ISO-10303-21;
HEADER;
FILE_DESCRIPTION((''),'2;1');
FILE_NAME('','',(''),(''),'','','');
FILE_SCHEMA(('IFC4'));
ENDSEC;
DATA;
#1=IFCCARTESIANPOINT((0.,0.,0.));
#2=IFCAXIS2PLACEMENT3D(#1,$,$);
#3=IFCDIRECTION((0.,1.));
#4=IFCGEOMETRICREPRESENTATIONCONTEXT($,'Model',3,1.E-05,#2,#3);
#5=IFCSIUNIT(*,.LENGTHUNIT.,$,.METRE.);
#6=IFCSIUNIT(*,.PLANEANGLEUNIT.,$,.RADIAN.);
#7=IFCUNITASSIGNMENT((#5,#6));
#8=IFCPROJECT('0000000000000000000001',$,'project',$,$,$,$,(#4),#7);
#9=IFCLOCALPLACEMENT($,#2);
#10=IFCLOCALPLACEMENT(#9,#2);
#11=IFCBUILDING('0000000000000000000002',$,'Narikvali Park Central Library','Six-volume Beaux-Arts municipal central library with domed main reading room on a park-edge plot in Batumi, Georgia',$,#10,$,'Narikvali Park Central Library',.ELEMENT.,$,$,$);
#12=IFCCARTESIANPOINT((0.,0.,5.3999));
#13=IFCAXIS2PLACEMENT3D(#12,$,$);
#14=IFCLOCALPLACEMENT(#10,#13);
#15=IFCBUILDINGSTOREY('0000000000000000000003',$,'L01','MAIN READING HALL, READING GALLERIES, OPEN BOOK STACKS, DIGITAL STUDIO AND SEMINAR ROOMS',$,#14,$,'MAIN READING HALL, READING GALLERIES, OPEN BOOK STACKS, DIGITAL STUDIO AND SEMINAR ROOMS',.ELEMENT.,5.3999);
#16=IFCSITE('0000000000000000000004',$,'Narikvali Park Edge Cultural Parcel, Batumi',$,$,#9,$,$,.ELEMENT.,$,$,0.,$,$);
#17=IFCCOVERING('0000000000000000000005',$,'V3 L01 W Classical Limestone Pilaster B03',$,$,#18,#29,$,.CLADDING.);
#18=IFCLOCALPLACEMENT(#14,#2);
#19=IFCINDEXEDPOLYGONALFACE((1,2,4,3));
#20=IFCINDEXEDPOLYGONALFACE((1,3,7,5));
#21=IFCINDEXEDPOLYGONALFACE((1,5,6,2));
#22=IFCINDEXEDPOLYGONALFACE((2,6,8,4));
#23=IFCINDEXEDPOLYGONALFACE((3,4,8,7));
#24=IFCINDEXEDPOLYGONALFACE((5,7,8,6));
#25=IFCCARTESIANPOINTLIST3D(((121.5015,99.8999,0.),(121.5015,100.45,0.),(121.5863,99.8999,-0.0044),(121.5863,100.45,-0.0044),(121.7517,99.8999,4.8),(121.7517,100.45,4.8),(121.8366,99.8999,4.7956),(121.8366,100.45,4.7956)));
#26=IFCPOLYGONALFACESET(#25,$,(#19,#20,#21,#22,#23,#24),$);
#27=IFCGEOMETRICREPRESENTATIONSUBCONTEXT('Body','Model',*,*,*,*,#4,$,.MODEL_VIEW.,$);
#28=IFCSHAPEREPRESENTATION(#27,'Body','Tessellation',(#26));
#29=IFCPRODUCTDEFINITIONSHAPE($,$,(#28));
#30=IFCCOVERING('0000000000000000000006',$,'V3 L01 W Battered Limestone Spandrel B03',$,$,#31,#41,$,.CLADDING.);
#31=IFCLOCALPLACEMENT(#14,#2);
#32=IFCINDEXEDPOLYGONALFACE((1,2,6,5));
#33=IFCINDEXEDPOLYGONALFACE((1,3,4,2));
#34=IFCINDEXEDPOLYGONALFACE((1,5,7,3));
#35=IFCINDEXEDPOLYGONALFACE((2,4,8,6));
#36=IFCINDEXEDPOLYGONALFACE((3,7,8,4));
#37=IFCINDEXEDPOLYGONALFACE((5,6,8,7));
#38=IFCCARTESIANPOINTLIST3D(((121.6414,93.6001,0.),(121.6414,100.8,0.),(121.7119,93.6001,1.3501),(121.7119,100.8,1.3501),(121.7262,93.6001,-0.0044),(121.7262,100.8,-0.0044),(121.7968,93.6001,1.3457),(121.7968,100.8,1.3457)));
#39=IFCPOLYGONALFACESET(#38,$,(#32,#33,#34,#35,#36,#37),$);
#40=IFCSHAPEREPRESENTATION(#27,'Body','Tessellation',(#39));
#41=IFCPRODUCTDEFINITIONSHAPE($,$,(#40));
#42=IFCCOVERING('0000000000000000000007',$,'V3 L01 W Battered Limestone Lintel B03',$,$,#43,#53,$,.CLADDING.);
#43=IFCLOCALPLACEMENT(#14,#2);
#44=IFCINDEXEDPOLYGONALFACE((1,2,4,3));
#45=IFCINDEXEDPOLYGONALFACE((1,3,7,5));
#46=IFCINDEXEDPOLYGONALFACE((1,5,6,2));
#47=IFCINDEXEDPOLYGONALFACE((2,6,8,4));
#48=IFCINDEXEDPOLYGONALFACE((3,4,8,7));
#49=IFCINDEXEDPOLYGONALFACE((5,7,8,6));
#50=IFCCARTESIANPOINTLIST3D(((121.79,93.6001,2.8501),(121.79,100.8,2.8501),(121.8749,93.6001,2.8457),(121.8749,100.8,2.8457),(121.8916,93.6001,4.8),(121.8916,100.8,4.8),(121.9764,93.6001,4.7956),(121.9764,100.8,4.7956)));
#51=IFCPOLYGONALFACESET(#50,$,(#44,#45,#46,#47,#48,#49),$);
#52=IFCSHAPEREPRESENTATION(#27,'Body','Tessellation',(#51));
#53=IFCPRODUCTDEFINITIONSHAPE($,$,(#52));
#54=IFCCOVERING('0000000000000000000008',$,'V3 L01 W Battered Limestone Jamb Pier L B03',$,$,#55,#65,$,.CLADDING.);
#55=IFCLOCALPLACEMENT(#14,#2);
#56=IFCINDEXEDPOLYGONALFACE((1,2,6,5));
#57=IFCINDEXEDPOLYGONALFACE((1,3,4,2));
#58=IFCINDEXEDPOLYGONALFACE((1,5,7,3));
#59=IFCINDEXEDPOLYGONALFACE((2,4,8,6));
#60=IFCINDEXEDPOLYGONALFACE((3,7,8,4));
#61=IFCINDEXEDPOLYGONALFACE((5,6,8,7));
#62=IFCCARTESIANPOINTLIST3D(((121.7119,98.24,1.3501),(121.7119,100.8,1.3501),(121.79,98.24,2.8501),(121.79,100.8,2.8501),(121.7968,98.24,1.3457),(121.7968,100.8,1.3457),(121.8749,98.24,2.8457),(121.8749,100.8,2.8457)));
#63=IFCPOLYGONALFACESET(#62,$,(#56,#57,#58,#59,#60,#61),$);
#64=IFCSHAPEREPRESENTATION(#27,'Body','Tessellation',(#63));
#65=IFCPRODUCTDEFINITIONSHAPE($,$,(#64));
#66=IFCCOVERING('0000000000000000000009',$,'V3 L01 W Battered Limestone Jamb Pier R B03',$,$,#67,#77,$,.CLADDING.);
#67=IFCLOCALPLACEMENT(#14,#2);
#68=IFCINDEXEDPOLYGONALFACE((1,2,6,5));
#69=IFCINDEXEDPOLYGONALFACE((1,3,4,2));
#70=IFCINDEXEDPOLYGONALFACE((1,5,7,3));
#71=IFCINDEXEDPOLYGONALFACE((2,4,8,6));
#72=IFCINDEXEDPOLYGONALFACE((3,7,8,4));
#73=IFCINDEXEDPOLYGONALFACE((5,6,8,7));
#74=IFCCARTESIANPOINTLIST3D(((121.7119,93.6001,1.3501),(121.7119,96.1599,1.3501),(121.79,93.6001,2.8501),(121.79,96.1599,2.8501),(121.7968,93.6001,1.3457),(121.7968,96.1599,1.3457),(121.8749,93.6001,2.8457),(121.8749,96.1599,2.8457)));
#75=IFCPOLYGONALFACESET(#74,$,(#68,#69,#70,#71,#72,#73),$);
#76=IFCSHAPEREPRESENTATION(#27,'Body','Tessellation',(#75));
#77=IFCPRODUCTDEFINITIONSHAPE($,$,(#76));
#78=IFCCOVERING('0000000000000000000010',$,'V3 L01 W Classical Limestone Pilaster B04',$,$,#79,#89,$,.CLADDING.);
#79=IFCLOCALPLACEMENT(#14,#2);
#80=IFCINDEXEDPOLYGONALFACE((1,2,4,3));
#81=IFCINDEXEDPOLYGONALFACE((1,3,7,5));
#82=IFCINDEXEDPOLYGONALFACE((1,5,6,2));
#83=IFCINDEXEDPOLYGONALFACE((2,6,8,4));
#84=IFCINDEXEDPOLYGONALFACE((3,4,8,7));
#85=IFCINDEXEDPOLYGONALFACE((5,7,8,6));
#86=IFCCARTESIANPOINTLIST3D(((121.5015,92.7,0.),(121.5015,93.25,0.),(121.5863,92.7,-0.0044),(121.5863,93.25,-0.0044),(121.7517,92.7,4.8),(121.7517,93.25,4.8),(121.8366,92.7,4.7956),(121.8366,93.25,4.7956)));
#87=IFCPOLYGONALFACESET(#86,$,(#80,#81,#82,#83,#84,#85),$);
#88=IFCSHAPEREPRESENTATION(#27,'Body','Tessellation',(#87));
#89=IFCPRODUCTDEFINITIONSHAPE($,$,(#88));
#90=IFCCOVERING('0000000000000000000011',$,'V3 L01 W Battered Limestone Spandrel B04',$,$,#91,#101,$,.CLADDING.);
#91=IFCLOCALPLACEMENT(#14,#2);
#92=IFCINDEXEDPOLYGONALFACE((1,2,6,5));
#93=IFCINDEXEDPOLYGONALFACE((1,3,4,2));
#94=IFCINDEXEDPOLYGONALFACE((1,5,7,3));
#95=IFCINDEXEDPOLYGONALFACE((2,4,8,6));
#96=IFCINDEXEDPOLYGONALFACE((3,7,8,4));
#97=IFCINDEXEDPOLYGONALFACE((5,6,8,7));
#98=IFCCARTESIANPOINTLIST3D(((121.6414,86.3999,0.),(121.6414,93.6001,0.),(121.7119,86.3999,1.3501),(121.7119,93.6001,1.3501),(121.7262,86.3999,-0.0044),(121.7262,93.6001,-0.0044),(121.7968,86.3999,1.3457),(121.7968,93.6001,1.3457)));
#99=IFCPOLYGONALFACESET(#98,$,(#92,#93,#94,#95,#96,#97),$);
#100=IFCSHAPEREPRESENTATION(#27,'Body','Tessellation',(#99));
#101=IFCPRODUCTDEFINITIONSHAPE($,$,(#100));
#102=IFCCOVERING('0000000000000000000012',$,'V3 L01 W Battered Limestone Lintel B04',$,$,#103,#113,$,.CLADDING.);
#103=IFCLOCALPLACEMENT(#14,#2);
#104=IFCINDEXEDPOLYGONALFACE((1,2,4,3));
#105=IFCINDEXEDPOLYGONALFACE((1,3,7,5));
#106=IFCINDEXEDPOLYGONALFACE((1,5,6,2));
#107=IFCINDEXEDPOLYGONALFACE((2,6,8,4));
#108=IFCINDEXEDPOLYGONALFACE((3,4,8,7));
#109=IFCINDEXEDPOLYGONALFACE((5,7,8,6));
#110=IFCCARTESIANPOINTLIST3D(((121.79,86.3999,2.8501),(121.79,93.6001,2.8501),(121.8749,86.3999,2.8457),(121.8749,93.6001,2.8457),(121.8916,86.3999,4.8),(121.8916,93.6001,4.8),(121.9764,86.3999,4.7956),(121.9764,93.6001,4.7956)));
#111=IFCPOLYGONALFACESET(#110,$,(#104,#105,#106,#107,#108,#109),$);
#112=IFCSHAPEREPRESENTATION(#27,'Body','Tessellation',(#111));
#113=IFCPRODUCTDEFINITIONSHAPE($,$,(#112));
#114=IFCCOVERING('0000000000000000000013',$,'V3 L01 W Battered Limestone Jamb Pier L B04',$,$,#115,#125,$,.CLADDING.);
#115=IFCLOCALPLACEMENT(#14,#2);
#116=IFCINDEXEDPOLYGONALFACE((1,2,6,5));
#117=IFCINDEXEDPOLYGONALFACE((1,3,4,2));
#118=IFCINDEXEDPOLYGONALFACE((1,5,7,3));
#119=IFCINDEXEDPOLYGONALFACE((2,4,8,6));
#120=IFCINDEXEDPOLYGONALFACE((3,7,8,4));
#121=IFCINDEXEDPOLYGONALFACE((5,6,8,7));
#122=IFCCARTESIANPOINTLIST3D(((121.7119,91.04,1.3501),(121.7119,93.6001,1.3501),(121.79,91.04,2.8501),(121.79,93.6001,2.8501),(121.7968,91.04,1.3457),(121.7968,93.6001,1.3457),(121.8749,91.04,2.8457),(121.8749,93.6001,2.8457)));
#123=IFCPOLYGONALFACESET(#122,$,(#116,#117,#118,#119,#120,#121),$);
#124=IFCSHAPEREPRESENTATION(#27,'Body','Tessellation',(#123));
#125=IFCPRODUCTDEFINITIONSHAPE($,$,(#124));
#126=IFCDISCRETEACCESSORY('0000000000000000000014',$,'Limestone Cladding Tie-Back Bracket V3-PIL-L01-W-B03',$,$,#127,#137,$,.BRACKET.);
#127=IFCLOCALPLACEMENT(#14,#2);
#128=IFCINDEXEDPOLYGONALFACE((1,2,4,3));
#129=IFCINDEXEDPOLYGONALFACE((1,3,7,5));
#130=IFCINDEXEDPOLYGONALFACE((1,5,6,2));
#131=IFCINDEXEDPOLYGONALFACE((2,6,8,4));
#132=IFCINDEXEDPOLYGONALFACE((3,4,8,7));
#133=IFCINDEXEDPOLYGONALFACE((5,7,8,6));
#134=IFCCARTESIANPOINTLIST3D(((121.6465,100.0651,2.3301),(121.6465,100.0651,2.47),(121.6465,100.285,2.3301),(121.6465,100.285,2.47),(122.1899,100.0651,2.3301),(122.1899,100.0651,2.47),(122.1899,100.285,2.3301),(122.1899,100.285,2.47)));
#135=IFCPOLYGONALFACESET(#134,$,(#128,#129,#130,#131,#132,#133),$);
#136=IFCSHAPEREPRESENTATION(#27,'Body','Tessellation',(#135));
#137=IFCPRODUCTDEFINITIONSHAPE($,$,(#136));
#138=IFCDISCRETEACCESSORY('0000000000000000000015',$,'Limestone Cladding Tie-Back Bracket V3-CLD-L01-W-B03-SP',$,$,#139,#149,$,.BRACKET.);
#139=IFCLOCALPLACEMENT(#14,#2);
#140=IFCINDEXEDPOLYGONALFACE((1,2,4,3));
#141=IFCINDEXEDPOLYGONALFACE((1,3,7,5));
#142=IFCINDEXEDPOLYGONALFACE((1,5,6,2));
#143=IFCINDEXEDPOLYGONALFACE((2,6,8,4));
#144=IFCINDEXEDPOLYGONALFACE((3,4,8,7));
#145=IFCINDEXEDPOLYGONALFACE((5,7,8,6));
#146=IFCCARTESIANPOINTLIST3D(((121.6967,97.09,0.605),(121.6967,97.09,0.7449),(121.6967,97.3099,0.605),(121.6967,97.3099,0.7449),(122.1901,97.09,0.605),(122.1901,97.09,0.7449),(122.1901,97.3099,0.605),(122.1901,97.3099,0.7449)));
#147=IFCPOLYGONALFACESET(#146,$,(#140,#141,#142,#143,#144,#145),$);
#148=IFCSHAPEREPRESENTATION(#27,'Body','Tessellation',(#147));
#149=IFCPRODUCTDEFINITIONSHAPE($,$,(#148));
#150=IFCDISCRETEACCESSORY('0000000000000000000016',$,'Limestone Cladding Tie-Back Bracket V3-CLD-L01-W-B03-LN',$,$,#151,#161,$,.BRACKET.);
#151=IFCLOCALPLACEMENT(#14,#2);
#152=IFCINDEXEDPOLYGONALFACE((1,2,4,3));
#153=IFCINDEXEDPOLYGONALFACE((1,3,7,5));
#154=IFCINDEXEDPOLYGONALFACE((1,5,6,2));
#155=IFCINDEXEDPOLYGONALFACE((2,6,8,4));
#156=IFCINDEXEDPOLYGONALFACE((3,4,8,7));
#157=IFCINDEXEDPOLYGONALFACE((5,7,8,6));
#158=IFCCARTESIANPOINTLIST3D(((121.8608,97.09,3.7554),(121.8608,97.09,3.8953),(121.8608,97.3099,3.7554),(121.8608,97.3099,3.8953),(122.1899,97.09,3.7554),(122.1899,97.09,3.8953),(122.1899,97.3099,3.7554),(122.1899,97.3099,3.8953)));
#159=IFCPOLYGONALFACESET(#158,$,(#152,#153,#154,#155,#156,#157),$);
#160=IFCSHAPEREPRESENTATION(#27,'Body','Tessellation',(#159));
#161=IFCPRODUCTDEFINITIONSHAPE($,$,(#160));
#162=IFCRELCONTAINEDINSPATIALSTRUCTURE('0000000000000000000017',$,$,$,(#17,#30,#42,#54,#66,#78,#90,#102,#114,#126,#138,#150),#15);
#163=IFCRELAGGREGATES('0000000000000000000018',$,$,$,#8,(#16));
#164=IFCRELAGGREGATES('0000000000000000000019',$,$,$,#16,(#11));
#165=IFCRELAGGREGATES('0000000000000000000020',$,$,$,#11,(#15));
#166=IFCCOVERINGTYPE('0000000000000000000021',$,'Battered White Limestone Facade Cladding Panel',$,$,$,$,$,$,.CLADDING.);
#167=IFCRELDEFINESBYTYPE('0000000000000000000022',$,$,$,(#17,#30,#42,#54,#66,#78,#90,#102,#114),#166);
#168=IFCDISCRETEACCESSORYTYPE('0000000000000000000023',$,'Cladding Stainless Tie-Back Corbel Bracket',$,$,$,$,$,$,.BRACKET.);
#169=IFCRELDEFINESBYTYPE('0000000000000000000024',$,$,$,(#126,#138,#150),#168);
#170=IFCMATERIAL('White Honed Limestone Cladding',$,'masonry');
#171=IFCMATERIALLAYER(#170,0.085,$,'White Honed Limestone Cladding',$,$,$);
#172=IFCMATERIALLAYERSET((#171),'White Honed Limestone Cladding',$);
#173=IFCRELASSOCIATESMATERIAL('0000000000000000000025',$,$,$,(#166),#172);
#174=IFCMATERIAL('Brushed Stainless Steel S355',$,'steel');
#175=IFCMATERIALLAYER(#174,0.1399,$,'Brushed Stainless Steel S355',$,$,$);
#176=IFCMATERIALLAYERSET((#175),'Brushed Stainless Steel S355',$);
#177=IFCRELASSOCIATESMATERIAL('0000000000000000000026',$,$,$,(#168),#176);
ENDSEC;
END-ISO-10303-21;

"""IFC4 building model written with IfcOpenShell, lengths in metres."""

from ifc_helpers import new_model, si_unit, direction, frame, origin, origin_2d, place, context, subcontext, project, spatial, polyline, rectangle, outline, extrude, material, layer, layer_set, type_object, element, save


model = new_model("IFC4")

# Units and contexts
model_context = context("Model", 3, precision=1e-05, world=origin(), true_north=direction((0.0, 1.0)))
body_context = subcontext(model_context, "Body", "Model", "MODEL_VIEW")
ifc_project = project(units=[si_unit("LENGTHUNIT", "METRE"), si_unit("PLANEANGLEUNIT", "RADIAN")], contexts=[model_context])

# Site, building, storey
site_placement = place(None, origin())
site = spatial("IfcSite", under=ifc_project, at=site_placement, Name="Narikvali Park Edge Cultural Parcel, Batumi", CompositionType="ELEMENT", RefElevation=0.0)
building_placement = place(site_placement, origin())
building = spatial("IfcBuilding", under=site, at=building_placement, Name="Narikvali Park Central Library", Description="Six-volume Beaux-Arts municipal central library with domed main reading room on a park-edge plot in Batumi, Georgia", LongName="Narikvali Park Central Library", CompositionType="ELEMENT")
storey_placement = place(building_placement, frame((0.0, 0.0, 5.3999)))
storey = spatial("IfcBuildingStorey", under=building, at=storey_placement, Name="L01", Description="MAIN READING HALL, READING GALLERIES, OPEN BOOK STACKS, DIGITAL STUDIO AND SEMINAR ROOMS", LongName="MAIN READING HALL, READING GALLERIES, OPEN BOOK STACKS, DIGITAL STUDIO AND SEMINAR ROOMS", CompositionType="ELEMENT", Elevation=5.3999)

# Coverings
ifc_material_1 = material(Name="White Honed Limestone Cladding", Category="masonry")
ifc_layer_1 = layer(ifc_material_1, 0.085, Name="White Honed Limestone Cladding")
ifc_layer_set_1 = layer_set([ifc_layer_1], Name="White Honed Limestone Cladding")
covering_type = type_object("IfcCoveringType", Name="Battered White Limestone Facade Cladding Panel", PredefinedType="CLADDING", material=ifc_layer_set_1)
covering_1_placement = place(storey_placement, frame((121.5015, 100.45, 0.0), z_axis=(-0.998644, 0.0, 0.052063), x_axis=(0.0, -1.0, 0.0)))
element("IfcCovering", 1, at=covering_1_placement, inside=storey, type_object=covering_type, Name="V3 L01 W Classical Limestone Pilaster B03", PredefinedType="CLADDING", context=body_context, shape_type="SweptSolid", body=[
    extrude(outline(polyline([(0.0, 0.0), (0.55, 0.0), (0.55, 4.8066), (0.0, 4.8066), (0.0, 0.0)])), origin(), (0.0, 0.0, -1.0), 0.085),
])
covering_2_placement = place(storey_placement, frame((121.6414, 100.8, 0.0), z_axis=(-0.998637, 0.0, 0.052189), x_axis=(0.0, -1.0, 0.0)))
element("IfcCovering", 2, at=covering_2_placement, inside=storey, type_object=covering_type, Name="V3 L01 W Battered Limestone Spandrel B03", PredefinedType="CLADDING", context=body_context, shape_type="SweptSolid", body=[
    extrude(outline(polyline([(0.0, 0.0), (7.2, 0.0), (7.2, 1.3519), (0.0, 1.3519), (0.0, 0.0)])), origin(), (0.0, 0.0, -1.0), 0.085),
])
covering_3_placement = place(storey_placement, frame((121.79, 100.8, 2.8501), z_axis=(-0.998646, 0.0, 0.052014), x_axis=(0.0, -1.0, 0.0)))
element("IfcCovering", 3, at=covering_3_placement, inside=storey, type_object=covering_type, Name="V3 L01 W Battered Limestone Lintel B03", PredefinedType="CLADDING", context=body_context, shape_type="SweptSolid", body=[
    extrude(outline(polyline([(0.0, 0.0), (7.2, 0.0), (7.2, 1.9526), (0.0, 1.9526), (0.0, 0.0)])), origin(), (0.0, 0.0, -1.0), 0.085),
])
covering_4_placement = place(storey_placement, frame((121.7119, 100.8, 1.3501), z_axis=(-0.998646, 0.0, 0.052013), x_axis=(0.0, -1.0, 0.0)))
element("IfcCovering", 4, at=covering_4_placement, inside=storey, type_object=covering_type, Name="V3 L01 W Battered Limestone Jamb Pier L B03", PredefinedType="CLADDING", context=body_context, shape_type="SweptSolid", body=[
    extrude(outline(polyline([(0.0, 0.0), (2.5601, 0.0), (2.5601, 1.502), (0.0, 1.502), (0.0, 0.0)])), origin(), (0.0, 0.0, -1.0), 0.085),
])
covering_5_placement = place(storey_placement, frame((121.7119, 96.1599, 1.3501), z_axis=(-0.998646, 0.0, 0.052013), x_axis=(0.0, -1.0, 0.0)))
element("IfcCovering", 5, at=covering_5_placement, inside=storey, type_object=covering_type, Name="V3 L01 W Battered Limestone Jamb Pier R B03", PredefinedType="CLADDING", context=body_context, shape_type="SweptSolid", body=[
    extrude(outline(polyline([(0.0, 0.0), (2.5598, 0.0), (2.5598, 1.502), (0.0, 1.502), (0.0, 0.0)])), origin(), (0.0, 0.0, -1.0), 0.085),
])
covering_6_placement = place(storey_placement, frame((121.5015, 93.25, 0.0), z_axis=(-0.998644, 0.0, 0.052063), x_axis=(0.0, -1.0, 0.0)))
element("IfcCovering", 6, at=covering_6_placement, inside=storey, type_object=covering_type, Name="V3 L01 W Classical Limestone Pilaster B04", PredefinedType="CLADDING", context=body_context, shape_type="SweptSolid", body=[
    extrude(outline(polyline([(0.0, 0.0), (0.55, 0.0), (0.55, 4.8066), (0.0, 4.8066), (0.0, 0.0)])), origin(), (0.0, 0.0, -1.0), 0.085),
])
covering_7_placement = place(storey_placement, frame((121.6414, 93.6001, 0.0), z_axis=(-0.998637, 0.0, 0.052189), x_axis=(0.0, -1.0, 0.0)))
element("IfcCovering", 7, at=covering_7_placement, inside=storey, type_object=covering_type, Name="V3 L01 W Battered Limestone Spandrel B04", PredefinedType="CLADDING", context=body_context, shape_type="SweptSolid", body=[
    extrude(outline(polyline([(0.0, 0.0), (7.2002, 0.0), (7.2002, 1.3519), (0.0, 1.3519), (0.0, 0.0)])), origin(), (0.0, 0.0, -1.0), 0.085),
])
covering_8_placement = place(storey_placement, frame((121.79, 93.6001, 2.8501), z_axis=(-0.998646, 0.0, 0.052014), x_axis=(0.0, -1.0, 0.0)))
element("IfcCovering", 8, at=covering_8_placement, inside=storey, type_object=covering_type, Name="V3 L01 W Battered Limestone Lintel B04", PredefinedType="CLADDING", context=body_context, shape_type="SweptSolid", body=[
    extrude(outline(polyline([(0.0, 0.0), (7.2002, 0.0), (7.2002, 1.9526), (0.0, 1.9526), (0.0, 0.0)])), origin(), (0.0, 0.0, -1.0), 0.085),
])
covering_9_placement = place(storey_placement, frame((121.7119, 93.6001, 1.3501), z_axis=(-0.998646, 0.0, 0.052013), x_axis=(0.0, -1.0, 0.0)))
element("IfcCovering", 9, at=covering_9_placement, inside=storey, type_object=covering_type, Name="V3 L01 W Battered Limestone Jamb Pier L B04", PredefinedType="CLADDING", context=body_context, shape_type="SweptSolid", body=[
    extrude(outline(polyline([(0.0, 0.0), (2.5601, 0.0), (2.5601, 1.502), (0.0, 1.502), (0.0, 0.0)])), origin(), (0.0, 0.0, -1.0), 0.085),
])

# Discrete accessories
ifc_material_2 = material(Name="Brushed Stainless Steel S355", Category="steel")
ifc_layer_2 = layer(ifc_material_2, 0.1399, Name="Brushed Stainless Steel S355")
ifc_layer_set_2 = layer_set([ifc_layer_2], Name="Brushed Stainless Steel S355")
discrete_accessory_type = type_object("IfcDiscreteAccessoryType", Name="Cladding Stainless Tie-Back Corbel Bracket", PredefinedType="BRACKET", material=ifc_layer_set_2)
discrete_accessory_1_placement = place(storey_placement, frame((121.9182, 100.175, 2.3301), z_axis=(0.0, 0.0, 1.0), x_axis=(1.0, 0.0, 0.0)))
element("IfcDiscreteAccessory", 10, at=discrete_accessory_1_placement, inside=storey, type_object=discrete_accessory_type, Name="Limestone Cladding Tie-Back Bracket V3-PIL-L01-W-B03", PredefinedType="BRACKET", context=body_context, shape_type="SweptSolid", body=[
    extrude(rectangle(XDim=0.5435, YDim=0.22, at=origin_2d()), origin(), (0.0, 0.0, 1.0), 0.1399),
])
discrete_accessory_2_placement = place(storey_placement, frame((121.9434, 97.2, 0.605), z_axis=(0.0, 0.0, 1.0), x_axis=(1.0, 0.0, 0.0)))
element("IfcDiscreteAccessory", 11, at=discrete_accessory_2_placement, inside=storey, type_object=discrete_accessory_type, Name="Limestone Cladding Tie-Back Bracket V3-CLD-L01-W-B03-SP", PredefinedType="BRACKET", context=body_context, shape_type="SweptSolid", body=[
    extrude(rectangle(XDim=0.4934, YDim=0.22, at=origin_2d()), origin(), (0.0, 0.0, 1.0), 0.1399),
])
discrete_accessory_3_placement = place(storey_placement, frame((122.0254, 97.2, 3.7554), z_axis=(0.0, 0.0, 1.0), x_axis=(1.0, 0.0, 0.0)))
element("IfcDiscreteAccessory", 12, at=discrete_accessory_3_placement, inside=storey, type_object=discrete_accessory_type, Name="Limestone Cladding Tie-Back Bracket V3-CLD-L01-W-B03-LN", PredefinedType="BRACKET", context=body_context, shape_type="SweptSolid", body=[
    extrude(rectangle(XDim=0.3291, YDim=0.22, at=origin_2d()), origin(), (0.0, 0.0, 1.0), 0.1399),
])

save(model, "model.ifc")
